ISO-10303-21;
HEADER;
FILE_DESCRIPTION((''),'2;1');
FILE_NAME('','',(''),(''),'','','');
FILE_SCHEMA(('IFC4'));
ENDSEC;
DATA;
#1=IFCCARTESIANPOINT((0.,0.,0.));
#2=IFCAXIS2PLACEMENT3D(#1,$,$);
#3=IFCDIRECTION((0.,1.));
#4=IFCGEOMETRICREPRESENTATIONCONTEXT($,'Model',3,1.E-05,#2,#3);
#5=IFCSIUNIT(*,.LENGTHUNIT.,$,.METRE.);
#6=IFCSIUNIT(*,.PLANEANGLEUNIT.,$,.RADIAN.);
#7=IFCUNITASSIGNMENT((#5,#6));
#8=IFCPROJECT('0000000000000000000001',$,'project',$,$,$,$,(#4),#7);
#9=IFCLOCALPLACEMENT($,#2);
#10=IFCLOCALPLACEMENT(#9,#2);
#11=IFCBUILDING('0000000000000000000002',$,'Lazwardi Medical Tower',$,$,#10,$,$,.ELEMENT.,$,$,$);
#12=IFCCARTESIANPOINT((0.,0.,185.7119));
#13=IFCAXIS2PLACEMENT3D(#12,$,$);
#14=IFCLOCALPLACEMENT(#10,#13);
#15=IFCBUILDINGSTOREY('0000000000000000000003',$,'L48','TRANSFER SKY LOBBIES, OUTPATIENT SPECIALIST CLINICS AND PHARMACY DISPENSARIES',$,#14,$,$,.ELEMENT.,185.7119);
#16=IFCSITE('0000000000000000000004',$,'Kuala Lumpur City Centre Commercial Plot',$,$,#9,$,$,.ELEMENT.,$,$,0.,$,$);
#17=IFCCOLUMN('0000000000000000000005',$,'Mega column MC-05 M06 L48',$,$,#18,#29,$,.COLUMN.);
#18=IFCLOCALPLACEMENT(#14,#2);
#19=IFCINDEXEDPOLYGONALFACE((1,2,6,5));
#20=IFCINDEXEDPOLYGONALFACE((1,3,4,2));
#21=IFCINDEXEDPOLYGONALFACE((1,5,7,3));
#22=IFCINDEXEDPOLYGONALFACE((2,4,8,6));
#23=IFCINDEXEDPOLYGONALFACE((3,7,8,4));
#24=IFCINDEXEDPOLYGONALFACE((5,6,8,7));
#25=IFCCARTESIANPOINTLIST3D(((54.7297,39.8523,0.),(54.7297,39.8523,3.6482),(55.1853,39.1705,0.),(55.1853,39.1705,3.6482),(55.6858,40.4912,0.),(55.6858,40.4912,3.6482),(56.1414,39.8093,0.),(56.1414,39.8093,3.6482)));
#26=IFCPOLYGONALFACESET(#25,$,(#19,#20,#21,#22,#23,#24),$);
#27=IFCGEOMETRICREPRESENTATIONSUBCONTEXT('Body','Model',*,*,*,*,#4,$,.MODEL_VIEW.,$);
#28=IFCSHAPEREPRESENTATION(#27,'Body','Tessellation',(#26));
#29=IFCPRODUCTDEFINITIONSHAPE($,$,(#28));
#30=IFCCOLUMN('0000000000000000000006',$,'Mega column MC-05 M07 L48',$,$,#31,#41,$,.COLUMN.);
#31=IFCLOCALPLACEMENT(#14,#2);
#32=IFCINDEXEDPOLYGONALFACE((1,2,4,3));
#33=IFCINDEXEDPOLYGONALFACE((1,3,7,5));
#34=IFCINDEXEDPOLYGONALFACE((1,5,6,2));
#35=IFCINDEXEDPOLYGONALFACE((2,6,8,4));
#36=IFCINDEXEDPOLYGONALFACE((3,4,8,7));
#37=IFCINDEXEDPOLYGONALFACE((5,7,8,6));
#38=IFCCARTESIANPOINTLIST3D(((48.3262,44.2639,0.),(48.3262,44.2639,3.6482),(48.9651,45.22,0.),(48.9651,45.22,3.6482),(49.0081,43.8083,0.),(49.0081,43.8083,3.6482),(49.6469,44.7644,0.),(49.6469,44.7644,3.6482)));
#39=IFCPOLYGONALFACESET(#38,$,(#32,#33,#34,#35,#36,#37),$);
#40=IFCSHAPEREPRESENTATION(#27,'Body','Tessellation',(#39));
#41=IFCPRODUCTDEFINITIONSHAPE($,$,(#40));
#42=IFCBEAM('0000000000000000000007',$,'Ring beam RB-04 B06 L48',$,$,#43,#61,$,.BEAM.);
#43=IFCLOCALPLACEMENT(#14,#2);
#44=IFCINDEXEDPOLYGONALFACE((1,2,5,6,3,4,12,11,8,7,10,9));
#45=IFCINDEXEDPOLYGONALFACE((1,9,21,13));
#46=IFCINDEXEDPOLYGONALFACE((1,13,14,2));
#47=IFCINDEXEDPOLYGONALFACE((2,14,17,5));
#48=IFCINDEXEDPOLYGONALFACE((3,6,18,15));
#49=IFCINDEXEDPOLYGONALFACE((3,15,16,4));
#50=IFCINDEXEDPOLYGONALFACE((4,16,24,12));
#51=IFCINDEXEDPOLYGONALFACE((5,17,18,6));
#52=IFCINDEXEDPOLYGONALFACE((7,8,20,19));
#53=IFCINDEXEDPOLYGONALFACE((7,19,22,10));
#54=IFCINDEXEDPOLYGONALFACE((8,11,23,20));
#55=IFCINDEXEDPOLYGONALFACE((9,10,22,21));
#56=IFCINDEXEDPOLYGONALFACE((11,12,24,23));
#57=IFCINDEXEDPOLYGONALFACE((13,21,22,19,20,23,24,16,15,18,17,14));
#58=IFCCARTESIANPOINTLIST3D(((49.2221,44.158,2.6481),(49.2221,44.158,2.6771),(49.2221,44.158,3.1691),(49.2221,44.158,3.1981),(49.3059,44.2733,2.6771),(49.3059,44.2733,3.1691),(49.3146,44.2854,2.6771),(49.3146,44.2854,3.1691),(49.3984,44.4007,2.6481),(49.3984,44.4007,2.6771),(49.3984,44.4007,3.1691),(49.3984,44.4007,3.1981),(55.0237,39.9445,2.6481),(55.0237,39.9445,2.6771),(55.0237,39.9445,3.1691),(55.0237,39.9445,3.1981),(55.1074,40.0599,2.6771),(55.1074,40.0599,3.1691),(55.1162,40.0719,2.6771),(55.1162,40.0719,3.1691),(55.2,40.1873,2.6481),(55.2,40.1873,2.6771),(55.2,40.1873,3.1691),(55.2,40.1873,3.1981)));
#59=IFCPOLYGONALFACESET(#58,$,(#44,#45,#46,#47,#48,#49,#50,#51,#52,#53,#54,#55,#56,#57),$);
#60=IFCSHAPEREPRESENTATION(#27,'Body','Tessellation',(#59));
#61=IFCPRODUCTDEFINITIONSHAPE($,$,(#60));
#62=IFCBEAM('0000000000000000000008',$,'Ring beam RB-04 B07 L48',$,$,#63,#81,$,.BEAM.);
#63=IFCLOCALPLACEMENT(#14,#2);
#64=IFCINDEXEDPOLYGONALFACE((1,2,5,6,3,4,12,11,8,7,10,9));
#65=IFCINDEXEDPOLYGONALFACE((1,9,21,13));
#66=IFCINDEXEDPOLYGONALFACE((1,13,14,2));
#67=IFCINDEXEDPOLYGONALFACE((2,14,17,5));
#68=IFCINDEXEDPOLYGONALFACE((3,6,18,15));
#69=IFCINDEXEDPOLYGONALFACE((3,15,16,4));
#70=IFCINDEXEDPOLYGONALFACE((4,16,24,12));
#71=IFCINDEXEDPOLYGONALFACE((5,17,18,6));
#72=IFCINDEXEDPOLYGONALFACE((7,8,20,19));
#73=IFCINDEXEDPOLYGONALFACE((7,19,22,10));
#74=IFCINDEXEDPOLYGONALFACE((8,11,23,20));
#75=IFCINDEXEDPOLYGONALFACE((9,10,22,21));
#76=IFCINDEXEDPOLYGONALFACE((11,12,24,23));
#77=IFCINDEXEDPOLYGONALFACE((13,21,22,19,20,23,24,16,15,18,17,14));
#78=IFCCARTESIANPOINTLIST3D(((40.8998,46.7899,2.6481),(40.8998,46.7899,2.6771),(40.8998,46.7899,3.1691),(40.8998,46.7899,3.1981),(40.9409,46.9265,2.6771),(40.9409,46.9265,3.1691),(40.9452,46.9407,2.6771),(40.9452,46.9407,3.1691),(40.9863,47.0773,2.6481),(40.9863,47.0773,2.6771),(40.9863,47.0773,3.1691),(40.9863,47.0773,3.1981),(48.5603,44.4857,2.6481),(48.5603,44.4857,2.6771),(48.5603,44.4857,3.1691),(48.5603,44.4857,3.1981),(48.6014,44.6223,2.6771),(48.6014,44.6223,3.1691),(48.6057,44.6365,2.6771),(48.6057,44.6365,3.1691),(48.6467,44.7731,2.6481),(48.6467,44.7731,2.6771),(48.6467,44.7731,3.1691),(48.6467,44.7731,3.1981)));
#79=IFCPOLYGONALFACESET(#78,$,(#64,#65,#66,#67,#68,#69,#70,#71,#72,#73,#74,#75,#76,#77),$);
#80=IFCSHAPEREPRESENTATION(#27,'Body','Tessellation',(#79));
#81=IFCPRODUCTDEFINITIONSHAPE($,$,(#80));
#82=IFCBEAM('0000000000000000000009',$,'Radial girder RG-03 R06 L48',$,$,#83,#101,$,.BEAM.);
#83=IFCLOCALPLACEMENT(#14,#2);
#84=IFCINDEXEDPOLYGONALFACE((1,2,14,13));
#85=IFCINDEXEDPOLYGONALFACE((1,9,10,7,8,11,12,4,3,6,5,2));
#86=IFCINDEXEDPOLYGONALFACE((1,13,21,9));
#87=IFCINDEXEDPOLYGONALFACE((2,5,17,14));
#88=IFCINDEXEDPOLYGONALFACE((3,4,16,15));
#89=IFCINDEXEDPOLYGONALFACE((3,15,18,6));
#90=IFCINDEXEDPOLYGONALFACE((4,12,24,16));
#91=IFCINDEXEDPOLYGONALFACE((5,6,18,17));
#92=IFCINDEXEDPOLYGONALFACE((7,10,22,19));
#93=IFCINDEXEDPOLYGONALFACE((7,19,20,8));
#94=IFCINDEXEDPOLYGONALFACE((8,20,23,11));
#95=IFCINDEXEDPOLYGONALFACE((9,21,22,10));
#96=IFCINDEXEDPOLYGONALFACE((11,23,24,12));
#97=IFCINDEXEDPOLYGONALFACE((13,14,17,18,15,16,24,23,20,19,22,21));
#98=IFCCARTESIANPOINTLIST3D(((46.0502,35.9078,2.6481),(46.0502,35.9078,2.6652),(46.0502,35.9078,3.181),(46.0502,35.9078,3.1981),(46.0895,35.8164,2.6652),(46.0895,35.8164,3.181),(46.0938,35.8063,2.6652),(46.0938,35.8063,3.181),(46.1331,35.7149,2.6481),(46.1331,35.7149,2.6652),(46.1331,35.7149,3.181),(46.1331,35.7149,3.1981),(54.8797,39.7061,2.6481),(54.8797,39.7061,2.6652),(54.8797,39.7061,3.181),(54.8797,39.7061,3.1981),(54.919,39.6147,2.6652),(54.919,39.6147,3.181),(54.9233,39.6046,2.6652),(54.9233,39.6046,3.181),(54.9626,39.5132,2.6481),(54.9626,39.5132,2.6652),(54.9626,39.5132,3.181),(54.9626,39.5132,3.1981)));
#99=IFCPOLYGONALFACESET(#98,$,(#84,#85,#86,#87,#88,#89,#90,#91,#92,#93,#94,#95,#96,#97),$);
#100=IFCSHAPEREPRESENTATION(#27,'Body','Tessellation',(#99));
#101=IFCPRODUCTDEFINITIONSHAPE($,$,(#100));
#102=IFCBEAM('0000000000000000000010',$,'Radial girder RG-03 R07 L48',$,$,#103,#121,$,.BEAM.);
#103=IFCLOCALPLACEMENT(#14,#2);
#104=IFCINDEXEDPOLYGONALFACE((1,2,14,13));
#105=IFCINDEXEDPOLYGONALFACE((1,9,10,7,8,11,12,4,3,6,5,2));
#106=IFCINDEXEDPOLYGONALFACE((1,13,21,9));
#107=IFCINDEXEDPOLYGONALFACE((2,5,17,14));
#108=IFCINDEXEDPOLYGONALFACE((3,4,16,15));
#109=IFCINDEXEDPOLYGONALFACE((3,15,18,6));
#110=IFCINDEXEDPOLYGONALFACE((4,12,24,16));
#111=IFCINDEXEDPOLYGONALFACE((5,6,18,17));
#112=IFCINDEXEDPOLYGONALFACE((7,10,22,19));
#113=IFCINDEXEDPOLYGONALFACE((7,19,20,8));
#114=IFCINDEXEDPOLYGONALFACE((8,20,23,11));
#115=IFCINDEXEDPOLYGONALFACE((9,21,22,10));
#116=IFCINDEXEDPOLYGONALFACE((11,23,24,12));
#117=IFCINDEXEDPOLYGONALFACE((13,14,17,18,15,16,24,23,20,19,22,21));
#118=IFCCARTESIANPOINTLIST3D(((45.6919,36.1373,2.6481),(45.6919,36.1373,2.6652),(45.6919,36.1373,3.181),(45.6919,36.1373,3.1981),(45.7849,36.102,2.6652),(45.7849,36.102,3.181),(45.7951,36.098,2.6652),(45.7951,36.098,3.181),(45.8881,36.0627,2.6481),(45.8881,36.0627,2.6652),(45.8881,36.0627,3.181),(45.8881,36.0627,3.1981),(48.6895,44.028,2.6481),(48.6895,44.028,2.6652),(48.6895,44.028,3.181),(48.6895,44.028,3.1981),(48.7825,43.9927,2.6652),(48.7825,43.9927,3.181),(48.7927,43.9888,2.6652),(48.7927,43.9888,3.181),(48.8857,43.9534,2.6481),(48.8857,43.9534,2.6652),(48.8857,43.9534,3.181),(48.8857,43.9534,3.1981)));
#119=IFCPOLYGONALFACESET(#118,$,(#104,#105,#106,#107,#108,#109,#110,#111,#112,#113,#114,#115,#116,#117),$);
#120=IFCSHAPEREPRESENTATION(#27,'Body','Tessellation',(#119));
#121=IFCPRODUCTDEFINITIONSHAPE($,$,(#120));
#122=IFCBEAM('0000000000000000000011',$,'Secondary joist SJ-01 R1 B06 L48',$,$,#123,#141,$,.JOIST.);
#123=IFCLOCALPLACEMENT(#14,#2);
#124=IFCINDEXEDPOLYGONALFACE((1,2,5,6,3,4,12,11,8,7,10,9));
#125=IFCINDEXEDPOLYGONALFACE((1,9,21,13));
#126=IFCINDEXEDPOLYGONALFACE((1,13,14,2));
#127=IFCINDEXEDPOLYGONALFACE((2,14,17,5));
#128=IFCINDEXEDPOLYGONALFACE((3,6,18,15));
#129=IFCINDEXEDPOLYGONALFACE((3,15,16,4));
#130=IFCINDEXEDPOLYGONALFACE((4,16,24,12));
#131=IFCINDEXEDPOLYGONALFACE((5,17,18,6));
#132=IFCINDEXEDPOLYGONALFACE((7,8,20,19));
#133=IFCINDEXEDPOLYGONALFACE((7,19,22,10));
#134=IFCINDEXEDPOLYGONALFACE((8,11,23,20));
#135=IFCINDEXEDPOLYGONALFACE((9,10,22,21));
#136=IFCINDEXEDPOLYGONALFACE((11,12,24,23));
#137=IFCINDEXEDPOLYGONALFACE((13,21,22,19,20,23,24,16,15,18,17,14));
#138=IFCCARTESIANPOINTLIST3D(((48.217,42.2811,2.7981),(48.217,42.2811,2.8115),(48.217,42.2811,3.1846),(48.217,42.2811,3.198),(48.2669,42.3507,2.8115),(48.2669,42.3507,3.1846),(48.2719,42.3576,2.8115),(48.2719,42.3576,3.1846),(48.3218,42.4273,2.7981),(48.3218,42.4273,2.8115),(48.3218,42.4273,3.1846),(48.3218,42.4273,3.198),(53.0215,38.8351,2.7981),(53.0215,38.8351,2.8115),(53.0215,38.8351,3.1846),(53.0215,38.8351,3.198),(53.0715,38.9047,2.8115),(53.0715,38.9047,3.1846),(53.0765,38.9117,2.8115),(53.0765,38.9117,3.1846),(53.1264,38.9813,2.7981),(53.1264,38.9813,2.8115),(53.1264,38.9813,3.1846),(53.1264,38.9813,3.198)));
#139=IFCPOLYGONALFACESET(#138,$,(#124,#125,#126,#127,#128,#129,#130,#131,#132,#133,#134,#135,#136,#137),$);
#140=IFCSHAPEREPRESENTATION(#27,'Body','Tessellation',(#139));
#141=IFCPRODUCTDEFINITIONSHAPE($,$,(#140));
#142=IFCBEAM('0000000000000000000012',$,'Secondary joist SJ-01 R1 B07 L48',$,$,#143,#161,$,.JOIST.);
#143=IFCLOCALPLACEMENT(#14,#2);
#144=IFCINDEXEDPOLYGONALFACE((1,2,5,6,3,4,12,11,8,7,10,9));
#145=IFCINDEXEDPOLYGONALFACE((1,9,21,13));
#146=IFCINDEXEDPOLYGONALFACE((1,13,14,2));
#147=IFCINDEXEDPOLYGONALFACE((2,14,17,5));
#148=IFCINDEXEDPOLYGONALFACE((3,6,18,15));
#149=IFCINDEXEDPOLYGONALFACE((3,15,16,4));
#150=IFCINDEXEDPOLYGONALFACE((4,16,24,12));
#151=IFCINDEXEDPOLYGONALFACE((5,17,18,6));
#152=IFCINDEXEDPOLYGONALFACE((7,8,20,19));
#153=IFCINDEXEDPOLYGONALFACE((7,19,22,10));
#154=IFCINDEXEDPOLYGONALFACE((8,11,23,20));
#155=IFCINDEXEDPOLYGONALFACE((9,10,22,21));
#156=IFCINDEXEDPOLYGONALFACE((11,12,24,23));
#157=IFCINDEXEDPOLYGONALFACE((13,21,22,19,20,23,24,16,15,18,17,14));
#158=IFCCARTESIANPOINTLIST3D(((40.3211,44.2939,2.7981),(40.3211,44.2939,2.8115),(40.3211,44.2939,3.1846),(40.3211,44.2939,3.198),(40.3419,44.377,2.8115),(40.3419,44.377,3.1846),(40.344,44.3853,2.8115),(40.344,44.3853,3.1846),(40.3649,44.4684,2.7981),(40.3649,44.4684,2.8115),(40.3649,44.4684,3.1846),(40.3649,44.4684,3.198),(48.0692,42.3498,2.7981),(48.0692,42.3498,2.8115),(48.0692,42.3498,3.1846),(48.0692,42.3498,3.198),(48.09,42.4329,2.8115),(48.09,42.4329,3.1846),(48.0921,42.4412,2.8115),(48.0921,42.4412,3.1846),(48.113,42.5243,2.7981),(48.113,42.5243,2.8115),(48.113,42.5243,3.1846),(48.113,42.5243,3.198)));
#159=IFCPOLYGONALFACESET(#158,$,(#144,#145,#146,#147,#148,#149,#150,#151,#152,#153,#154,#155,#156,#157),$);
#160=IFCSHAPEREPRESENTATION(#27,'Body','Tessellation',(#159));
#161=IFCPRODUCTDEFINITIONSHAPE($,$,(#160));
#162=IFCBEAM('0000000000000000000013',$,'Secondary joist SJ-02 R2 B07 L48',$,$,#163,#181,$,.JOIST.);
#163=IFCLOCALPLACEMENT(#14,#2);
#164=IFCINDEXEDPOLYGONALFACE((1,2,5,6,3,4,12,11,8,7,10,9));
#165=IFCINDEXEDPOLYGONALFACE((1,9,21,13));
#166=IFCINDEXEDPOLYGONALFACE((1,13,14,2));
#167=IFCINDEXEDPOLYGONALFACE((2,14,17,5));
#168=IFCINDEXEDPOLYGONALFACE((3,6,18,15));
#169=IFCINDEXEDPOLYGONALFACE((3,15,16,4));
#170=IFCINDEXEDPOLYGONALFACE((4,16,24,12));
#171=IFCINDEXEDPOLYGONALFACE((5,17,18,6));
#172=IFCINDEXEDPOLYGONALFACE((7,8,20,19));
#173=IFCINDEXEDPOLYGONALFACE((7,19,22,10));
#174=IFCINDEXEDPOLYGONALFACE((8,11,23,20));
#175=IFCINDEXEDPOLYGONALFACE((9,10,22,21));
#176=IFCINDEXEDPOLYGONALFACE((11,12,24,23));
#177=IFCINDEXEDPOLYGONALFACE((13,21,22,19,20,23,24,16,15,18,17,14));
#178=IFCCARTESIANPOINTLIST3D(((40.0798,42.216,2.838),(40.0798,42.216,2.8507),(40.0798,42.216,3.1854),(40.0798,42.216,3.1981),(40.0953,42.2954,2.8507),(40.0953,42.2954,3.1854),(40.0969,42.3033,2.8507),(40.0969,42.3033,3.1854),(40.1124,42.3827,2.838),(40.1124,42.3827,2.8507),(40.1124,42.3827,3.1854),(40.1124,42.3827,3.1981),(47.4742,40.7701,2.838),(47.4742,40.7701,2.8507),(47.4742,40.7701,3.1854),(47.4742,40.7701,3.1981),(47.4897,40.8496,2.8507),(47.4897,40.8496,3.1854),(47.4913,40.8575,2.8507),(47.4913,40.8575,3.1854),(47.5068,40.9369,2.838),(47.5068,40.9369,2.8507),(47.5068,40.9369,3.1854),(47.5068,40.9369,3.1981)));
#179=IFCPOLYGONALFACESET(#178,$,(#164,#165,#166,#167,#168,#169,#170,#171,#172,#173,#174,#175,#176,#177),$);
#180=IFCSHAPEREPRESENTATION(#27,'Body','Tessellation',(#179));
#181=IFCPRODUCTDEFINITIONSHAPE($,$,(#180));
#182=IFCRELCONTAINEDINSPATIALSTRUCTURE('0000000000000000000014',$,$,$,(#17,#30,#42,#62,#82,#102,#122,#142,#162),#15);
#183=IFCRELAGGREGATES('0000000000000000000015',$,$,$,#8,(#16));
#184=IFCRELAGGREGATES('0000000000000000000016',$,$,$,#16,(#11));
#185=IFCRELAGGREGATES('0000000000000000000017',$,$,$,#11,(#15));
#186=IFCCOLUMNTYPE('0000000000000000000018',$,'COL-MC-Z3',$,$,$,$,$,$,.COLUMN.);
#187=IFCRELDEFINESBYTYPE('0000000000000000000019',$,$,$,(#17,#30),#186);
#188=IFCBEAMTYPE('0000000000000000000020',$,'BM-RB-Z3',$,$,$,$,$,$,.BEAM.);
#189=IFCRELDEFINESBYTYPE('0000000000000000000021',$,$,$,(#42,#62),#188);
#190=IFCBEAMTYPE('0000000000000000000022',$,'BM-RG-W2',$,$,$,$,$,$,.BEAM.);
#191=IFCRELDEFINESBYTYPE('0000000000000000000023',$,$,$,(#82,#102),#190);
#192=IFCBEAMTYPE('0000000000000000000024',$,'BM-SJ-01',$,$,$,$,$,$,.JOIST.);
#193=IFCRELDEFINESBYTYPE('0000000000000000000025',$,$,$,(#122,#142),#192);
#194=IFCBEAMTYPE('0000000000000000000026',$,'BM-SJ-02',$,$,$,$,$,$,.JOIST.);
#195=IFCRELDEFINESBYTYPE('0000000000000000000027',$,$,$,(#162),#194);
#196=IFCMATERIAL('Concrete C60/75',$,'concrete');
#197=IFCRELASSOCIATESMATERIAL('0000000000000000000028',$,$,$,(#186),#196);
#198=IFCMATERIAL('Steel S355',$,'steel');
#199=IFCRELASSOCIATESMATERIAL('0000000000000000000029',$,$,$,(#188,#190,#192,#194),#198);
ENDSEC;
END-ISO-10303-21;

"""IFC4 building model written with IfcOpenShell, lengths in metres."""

from ifc_helpers import new_model, si_unit, direction, frame, origin, origin_2d, place, context, subcontext, project, spatial, rectangle, i_section, extrude, material, material_profile, profile_set, type_object, element, save


model = new_model("IFC4")

# Units and contexts
model_context = context("Model", 3, precision=1e-05, world=origin(), true_north=direction((0.0, 1.0)))
body_context = subcontext(model_context, "Body", "Model", "MODEL_VIEW")
ifc_project = project(units=[si_unit("LENGTHUNIT", "METRE"), si_unit("PLANEANGLEUNIT", "RADIAN")], contexts=[model_context])

# Site, building, storey
site_placement = place(None, origin())
site = spatial("IfcSite", under=ifc_project, at=site_placement, Name="Kuala Lumpur City Centre Commercial Plot", CompositionType="ELEMENT", RefElevation=0.0)
building_placement = place(site_placement, origin())
building = spatial("IfcBuilding", under=site, at=building_placement, Name="Lazwardi Medical Tower", CompositionType="ELEMENT")
storey_placement = place(building_placement, frame((0.0, 0.0, 185.7119)))
storey = spatial("IfcBuildingStorey", under=building, at=storey_placement, Name="L48", Description="TRANSFER SKY LOBBIES, OUTPATIENT SPECIALIST CLINICS AND PHARMACY DISPENSARIES", CompositionType="ELEMENT", Elevation=185.7119)

# Columns
ifc_material_1 = material(Name="Concrete C60/75", Category="concrete")
ifc_material_profile_1 = material_profile(ifc_material_1, rectangle(XDim=1.1499, YDim=0.8201, at=origin_2d()), Name="CFT-RECT 1150x820")
ifc_profile_set_1 = profile_set([ifc_material_profile_1], Name="Concrete C60/75")
column_type = type_object("IfcColumnType", Name="COL-MC-Z3", PredefinedType="COLUMN", material=ifc_profile_set_1)
for number, where, z_axis, x_axis, name in (
    (1, (55.4355, 39.8308, 0.0), (0.0, 0.0, 1.0), (0.83147, 0.55557, 0.0), "Mega column MC-05 M06 L48"),
    (2, (48.9866, 44.5142, 0.0), (0.0, 0.0, 1.0), (0.55557, 0.83147, 0.0), "Mega column MC-05 M07 L48"),
):
    element("IfcColumn", number, at=place(storey_placement, frame(where, z_axis=z_axis, x_axis=x_axis)), inside=storey, type_object=column_type, Name=name, PredefinedType="COLUMN", context=body_context, shape_type="SweptSolid", body=[
        extrude(rectangle(XDim=1.1499, YDim=0.8201, at=origin_2d()), origin(), (0.0, 0.0, 1.0), 3.6482),
    ])

# Beams
ifc_material_2 = material(Name="Steel S355", Category="steel")
ifc_material_profile_2 = material_profile(ifc_material_2, i_section(OverallWidth=0.3, OverallDepth=0.55, WebThickness=0.0149, FlangeThickness=0.0291, at=origin_2d()), Name="HEB 550")
ifc_profile_set_2 = profile_set([ifc_material_profile_2], Name="Steel S355")
beam_type_1 = type_object("IfcBeamType", Name="BM-RB-Z3", PredefinedType="BEAM", material=ifc_profile_set_2)
beam_1_placement = place(storey_placement, frame((55.1118, 40.0659, 2.9231), z_axis=(-0.809128, 0.587633, 0.0), x_axis=(-0.587633, -0.809128, 0.0)))
element("IfcBeam", 3, at=beam_1_placement, inside=storey, type_object=beam_type_1, Name="Ring beam RB-04 B06 L48", PredefinedType="BEAM", context=body_context, shape_type="SweptSolid", body=[
    extrude(i_section(OverallWidth=0.3, OverallDepth=0.55, WebThickness=0.0149, FlangeThickness=0.0291, at=origin_2d()), origin(), (0.0, 0.0, 1.0), 7.1702),
])
beam_2_placement = place(storey_placement, frame((48.6035, 44.6294, 2.9231), z_axis=(-0.957617, 0.288045, 0.0), x_axis=(-0.288045, -0.957617, 0.0)))
element("IfcBeam", 4, at=beam_2_placement, inside=storey, type_object=beam_type_1, Name="Ring beam RB-04 B07 L48", PredefinedType="BEAM", context=body_context, shape_type="SweptSolid", body=[
    extrude(i_section(OverallWidth=0.3, OverallDepth=0.55, WebThickness=0.0149, FlangeThickness=0.0291, at=origin_2d()), origin(), (0.0, 0.0, 1.0), 7.9995),
])
ifc_material_profile_3 = material_profile(ifc_material_2, i_section(OverallWidth=0.21, OverallDepth=0.55, WebThickness=0.011, FlangeThickness=0.0171, at=origin_2d()), Name="IPE 550")
ifc_profile_set_3 = profile_set([ifc_material_profile_3], Name="Steel S355")
beam_type_2 = type_object("IfcBeamType", Name="BM-RG-W2", PredefinedType="BEAM", material=ifc_profile_set_3)
beam_3_placement = place(storey_placement, frame((54.9211, 39.6096, 2.9231), z_axis=(-0.918608, -0.39517, 0.0), x_axis=(0.39517, -0.918608, 0.0)))
element("IfcBeam", 5, at=beam_3_placement, inside=storey, type_object=beam_type_2, Name="Radial girder RG-03 R06 L48", PredefinedType="BEAM", context=body_context, shape_type="SweptSolid", body=[
    extrude(i_section(OverallWidth=0.21, OverallDepth=0.55, WebThickness=0.011, FlangeThickness=0.0171, at=origin_2d()), origin(), (0.0, 0.0, 1.0), 9.6118),
])
beam_4_placement = place(storey_placement, frame((48.7876, 43.9907, 2.9231), z_axis=(-0.355127, -0.934818, 0.0), x_axis=(0.934818, -0.355127, 0.0)))
element("IfcBeam", 6, at=beam_4_placement, inside=storey, type_object=beam_type_2, Name="Radial girder RG-03 R07 L48", PredefinedType="BEAM", context=body_context, shape_type="SweptSolid", body=[
    extrude(i_section(OverallWidth=0.21, OverallDepth=0.55, WebThickness=0.011, FlangeThickness=0.0171, at=origin_2d()), origin(), (0.0, 0.0, 1.0), 8.4409),
])
ifc_material_profile_4 = material_profile(ifc_material_2, i_section(OverallWidth=0.1799, OverallDepth=0.3999, WebThickness=0.0085, FlangeThickness=0.0134, at=origin_2d()), Name="IPE 400")
ifc_profile_set_4 = profile_set([ifc_material_profile_4], Name="Steel S355")
beam_type_3 = type_object("IfcBeamType", Name="BM-SJ-01", PredefinedType="JOIST", material=ifc_profile_set_4)
beam_5_placement = place(storey_placement, frame((53.074, 38.9082, 2.998), z_axis=(-0.812602, 0.582819, 0.0), x_axis=(-0.582819, -0.812602, 0.0)))
element("IfcBeam", 7, at=beam_5_placement, inside=storey, type_object=beam_type_3, Name="Secondary joist SJ-01 R1 B06 L48", PredefinedType="JOIST", context=body_context, shape_type="SweptSolid", body=[
    extrude(i_section(OverallWidth=0.1799, OverallDepth=0.3999, WebThickness=0.0085, FlangeThickness=0.0134, at=origin_2d()), origin(), (0.0, 0.0, 1.0), 5.9126),
])
beam_6_placement = place(storey_placement, frame((48.0911, 42.437, 2.998), z_axis=(-0.969934, 0.24337, 0.0), x_axis=(-0.24337, -0.969934, 0.0)))
element("IfcBeam", 8, at=beam_6_placement, inside=storey, type_object=beam_type_3, Name="Secondary joist SJ-01 R1 B07 L48", PredefinedType="JOIST", context=body_context, shape_type="SweptSolid", body=[
    extrude(i_section(OverallWidth=0.1799, OverallDepth=0.3999, WebThickness=0.0085, FlangeThickness=0.0134, at=origin_2d()), origin(), (0.0, 0.0, 1.0), 7.9883),
])
ifc_material_profile_5 = material_profile(ifc_material_2, i_section(OverallWidth=0.1699, OverallDepth=0.3601, WebThickness=0.0081, FlangeThickness=0.0127, at=origin_2d()), Name="IPE 360")
ifc_profile_set_5 = profile_set([ifc_material_profile_5], Name="Steel S355")
beam_type_4 = type_object("IfcBeamType", Name="BM-SJ-02", PredefinedType="JOIST", material=ifc_profile_set_5)
beam_7_placement = place(storey_placement, frame((47.4905, 40.8535, 3.0181), z_axis=(-0.981415, 0.191896, 0.0), x_axis=(-0.191896, -0.981415, 0.0)))
element("IfcBeam", 9, at=beam_7_placement, inside=storey, type_object=beam_type_4, Name="Secondary joist SJ-02 R2 B07 L48", PredefinedType="JOIST", context=body_context, shape_type="SweptSolid", body=[
    extrude(i_section(OverallWidth=0.1699, OverallDepth=0.3601, WebThickness=0.0081, FlangeThickness=0.0127, at=origin_2d()), origin(), (0.0, 0.0, 1.0), 7.5344),
])

save(model, "model.ifc")
